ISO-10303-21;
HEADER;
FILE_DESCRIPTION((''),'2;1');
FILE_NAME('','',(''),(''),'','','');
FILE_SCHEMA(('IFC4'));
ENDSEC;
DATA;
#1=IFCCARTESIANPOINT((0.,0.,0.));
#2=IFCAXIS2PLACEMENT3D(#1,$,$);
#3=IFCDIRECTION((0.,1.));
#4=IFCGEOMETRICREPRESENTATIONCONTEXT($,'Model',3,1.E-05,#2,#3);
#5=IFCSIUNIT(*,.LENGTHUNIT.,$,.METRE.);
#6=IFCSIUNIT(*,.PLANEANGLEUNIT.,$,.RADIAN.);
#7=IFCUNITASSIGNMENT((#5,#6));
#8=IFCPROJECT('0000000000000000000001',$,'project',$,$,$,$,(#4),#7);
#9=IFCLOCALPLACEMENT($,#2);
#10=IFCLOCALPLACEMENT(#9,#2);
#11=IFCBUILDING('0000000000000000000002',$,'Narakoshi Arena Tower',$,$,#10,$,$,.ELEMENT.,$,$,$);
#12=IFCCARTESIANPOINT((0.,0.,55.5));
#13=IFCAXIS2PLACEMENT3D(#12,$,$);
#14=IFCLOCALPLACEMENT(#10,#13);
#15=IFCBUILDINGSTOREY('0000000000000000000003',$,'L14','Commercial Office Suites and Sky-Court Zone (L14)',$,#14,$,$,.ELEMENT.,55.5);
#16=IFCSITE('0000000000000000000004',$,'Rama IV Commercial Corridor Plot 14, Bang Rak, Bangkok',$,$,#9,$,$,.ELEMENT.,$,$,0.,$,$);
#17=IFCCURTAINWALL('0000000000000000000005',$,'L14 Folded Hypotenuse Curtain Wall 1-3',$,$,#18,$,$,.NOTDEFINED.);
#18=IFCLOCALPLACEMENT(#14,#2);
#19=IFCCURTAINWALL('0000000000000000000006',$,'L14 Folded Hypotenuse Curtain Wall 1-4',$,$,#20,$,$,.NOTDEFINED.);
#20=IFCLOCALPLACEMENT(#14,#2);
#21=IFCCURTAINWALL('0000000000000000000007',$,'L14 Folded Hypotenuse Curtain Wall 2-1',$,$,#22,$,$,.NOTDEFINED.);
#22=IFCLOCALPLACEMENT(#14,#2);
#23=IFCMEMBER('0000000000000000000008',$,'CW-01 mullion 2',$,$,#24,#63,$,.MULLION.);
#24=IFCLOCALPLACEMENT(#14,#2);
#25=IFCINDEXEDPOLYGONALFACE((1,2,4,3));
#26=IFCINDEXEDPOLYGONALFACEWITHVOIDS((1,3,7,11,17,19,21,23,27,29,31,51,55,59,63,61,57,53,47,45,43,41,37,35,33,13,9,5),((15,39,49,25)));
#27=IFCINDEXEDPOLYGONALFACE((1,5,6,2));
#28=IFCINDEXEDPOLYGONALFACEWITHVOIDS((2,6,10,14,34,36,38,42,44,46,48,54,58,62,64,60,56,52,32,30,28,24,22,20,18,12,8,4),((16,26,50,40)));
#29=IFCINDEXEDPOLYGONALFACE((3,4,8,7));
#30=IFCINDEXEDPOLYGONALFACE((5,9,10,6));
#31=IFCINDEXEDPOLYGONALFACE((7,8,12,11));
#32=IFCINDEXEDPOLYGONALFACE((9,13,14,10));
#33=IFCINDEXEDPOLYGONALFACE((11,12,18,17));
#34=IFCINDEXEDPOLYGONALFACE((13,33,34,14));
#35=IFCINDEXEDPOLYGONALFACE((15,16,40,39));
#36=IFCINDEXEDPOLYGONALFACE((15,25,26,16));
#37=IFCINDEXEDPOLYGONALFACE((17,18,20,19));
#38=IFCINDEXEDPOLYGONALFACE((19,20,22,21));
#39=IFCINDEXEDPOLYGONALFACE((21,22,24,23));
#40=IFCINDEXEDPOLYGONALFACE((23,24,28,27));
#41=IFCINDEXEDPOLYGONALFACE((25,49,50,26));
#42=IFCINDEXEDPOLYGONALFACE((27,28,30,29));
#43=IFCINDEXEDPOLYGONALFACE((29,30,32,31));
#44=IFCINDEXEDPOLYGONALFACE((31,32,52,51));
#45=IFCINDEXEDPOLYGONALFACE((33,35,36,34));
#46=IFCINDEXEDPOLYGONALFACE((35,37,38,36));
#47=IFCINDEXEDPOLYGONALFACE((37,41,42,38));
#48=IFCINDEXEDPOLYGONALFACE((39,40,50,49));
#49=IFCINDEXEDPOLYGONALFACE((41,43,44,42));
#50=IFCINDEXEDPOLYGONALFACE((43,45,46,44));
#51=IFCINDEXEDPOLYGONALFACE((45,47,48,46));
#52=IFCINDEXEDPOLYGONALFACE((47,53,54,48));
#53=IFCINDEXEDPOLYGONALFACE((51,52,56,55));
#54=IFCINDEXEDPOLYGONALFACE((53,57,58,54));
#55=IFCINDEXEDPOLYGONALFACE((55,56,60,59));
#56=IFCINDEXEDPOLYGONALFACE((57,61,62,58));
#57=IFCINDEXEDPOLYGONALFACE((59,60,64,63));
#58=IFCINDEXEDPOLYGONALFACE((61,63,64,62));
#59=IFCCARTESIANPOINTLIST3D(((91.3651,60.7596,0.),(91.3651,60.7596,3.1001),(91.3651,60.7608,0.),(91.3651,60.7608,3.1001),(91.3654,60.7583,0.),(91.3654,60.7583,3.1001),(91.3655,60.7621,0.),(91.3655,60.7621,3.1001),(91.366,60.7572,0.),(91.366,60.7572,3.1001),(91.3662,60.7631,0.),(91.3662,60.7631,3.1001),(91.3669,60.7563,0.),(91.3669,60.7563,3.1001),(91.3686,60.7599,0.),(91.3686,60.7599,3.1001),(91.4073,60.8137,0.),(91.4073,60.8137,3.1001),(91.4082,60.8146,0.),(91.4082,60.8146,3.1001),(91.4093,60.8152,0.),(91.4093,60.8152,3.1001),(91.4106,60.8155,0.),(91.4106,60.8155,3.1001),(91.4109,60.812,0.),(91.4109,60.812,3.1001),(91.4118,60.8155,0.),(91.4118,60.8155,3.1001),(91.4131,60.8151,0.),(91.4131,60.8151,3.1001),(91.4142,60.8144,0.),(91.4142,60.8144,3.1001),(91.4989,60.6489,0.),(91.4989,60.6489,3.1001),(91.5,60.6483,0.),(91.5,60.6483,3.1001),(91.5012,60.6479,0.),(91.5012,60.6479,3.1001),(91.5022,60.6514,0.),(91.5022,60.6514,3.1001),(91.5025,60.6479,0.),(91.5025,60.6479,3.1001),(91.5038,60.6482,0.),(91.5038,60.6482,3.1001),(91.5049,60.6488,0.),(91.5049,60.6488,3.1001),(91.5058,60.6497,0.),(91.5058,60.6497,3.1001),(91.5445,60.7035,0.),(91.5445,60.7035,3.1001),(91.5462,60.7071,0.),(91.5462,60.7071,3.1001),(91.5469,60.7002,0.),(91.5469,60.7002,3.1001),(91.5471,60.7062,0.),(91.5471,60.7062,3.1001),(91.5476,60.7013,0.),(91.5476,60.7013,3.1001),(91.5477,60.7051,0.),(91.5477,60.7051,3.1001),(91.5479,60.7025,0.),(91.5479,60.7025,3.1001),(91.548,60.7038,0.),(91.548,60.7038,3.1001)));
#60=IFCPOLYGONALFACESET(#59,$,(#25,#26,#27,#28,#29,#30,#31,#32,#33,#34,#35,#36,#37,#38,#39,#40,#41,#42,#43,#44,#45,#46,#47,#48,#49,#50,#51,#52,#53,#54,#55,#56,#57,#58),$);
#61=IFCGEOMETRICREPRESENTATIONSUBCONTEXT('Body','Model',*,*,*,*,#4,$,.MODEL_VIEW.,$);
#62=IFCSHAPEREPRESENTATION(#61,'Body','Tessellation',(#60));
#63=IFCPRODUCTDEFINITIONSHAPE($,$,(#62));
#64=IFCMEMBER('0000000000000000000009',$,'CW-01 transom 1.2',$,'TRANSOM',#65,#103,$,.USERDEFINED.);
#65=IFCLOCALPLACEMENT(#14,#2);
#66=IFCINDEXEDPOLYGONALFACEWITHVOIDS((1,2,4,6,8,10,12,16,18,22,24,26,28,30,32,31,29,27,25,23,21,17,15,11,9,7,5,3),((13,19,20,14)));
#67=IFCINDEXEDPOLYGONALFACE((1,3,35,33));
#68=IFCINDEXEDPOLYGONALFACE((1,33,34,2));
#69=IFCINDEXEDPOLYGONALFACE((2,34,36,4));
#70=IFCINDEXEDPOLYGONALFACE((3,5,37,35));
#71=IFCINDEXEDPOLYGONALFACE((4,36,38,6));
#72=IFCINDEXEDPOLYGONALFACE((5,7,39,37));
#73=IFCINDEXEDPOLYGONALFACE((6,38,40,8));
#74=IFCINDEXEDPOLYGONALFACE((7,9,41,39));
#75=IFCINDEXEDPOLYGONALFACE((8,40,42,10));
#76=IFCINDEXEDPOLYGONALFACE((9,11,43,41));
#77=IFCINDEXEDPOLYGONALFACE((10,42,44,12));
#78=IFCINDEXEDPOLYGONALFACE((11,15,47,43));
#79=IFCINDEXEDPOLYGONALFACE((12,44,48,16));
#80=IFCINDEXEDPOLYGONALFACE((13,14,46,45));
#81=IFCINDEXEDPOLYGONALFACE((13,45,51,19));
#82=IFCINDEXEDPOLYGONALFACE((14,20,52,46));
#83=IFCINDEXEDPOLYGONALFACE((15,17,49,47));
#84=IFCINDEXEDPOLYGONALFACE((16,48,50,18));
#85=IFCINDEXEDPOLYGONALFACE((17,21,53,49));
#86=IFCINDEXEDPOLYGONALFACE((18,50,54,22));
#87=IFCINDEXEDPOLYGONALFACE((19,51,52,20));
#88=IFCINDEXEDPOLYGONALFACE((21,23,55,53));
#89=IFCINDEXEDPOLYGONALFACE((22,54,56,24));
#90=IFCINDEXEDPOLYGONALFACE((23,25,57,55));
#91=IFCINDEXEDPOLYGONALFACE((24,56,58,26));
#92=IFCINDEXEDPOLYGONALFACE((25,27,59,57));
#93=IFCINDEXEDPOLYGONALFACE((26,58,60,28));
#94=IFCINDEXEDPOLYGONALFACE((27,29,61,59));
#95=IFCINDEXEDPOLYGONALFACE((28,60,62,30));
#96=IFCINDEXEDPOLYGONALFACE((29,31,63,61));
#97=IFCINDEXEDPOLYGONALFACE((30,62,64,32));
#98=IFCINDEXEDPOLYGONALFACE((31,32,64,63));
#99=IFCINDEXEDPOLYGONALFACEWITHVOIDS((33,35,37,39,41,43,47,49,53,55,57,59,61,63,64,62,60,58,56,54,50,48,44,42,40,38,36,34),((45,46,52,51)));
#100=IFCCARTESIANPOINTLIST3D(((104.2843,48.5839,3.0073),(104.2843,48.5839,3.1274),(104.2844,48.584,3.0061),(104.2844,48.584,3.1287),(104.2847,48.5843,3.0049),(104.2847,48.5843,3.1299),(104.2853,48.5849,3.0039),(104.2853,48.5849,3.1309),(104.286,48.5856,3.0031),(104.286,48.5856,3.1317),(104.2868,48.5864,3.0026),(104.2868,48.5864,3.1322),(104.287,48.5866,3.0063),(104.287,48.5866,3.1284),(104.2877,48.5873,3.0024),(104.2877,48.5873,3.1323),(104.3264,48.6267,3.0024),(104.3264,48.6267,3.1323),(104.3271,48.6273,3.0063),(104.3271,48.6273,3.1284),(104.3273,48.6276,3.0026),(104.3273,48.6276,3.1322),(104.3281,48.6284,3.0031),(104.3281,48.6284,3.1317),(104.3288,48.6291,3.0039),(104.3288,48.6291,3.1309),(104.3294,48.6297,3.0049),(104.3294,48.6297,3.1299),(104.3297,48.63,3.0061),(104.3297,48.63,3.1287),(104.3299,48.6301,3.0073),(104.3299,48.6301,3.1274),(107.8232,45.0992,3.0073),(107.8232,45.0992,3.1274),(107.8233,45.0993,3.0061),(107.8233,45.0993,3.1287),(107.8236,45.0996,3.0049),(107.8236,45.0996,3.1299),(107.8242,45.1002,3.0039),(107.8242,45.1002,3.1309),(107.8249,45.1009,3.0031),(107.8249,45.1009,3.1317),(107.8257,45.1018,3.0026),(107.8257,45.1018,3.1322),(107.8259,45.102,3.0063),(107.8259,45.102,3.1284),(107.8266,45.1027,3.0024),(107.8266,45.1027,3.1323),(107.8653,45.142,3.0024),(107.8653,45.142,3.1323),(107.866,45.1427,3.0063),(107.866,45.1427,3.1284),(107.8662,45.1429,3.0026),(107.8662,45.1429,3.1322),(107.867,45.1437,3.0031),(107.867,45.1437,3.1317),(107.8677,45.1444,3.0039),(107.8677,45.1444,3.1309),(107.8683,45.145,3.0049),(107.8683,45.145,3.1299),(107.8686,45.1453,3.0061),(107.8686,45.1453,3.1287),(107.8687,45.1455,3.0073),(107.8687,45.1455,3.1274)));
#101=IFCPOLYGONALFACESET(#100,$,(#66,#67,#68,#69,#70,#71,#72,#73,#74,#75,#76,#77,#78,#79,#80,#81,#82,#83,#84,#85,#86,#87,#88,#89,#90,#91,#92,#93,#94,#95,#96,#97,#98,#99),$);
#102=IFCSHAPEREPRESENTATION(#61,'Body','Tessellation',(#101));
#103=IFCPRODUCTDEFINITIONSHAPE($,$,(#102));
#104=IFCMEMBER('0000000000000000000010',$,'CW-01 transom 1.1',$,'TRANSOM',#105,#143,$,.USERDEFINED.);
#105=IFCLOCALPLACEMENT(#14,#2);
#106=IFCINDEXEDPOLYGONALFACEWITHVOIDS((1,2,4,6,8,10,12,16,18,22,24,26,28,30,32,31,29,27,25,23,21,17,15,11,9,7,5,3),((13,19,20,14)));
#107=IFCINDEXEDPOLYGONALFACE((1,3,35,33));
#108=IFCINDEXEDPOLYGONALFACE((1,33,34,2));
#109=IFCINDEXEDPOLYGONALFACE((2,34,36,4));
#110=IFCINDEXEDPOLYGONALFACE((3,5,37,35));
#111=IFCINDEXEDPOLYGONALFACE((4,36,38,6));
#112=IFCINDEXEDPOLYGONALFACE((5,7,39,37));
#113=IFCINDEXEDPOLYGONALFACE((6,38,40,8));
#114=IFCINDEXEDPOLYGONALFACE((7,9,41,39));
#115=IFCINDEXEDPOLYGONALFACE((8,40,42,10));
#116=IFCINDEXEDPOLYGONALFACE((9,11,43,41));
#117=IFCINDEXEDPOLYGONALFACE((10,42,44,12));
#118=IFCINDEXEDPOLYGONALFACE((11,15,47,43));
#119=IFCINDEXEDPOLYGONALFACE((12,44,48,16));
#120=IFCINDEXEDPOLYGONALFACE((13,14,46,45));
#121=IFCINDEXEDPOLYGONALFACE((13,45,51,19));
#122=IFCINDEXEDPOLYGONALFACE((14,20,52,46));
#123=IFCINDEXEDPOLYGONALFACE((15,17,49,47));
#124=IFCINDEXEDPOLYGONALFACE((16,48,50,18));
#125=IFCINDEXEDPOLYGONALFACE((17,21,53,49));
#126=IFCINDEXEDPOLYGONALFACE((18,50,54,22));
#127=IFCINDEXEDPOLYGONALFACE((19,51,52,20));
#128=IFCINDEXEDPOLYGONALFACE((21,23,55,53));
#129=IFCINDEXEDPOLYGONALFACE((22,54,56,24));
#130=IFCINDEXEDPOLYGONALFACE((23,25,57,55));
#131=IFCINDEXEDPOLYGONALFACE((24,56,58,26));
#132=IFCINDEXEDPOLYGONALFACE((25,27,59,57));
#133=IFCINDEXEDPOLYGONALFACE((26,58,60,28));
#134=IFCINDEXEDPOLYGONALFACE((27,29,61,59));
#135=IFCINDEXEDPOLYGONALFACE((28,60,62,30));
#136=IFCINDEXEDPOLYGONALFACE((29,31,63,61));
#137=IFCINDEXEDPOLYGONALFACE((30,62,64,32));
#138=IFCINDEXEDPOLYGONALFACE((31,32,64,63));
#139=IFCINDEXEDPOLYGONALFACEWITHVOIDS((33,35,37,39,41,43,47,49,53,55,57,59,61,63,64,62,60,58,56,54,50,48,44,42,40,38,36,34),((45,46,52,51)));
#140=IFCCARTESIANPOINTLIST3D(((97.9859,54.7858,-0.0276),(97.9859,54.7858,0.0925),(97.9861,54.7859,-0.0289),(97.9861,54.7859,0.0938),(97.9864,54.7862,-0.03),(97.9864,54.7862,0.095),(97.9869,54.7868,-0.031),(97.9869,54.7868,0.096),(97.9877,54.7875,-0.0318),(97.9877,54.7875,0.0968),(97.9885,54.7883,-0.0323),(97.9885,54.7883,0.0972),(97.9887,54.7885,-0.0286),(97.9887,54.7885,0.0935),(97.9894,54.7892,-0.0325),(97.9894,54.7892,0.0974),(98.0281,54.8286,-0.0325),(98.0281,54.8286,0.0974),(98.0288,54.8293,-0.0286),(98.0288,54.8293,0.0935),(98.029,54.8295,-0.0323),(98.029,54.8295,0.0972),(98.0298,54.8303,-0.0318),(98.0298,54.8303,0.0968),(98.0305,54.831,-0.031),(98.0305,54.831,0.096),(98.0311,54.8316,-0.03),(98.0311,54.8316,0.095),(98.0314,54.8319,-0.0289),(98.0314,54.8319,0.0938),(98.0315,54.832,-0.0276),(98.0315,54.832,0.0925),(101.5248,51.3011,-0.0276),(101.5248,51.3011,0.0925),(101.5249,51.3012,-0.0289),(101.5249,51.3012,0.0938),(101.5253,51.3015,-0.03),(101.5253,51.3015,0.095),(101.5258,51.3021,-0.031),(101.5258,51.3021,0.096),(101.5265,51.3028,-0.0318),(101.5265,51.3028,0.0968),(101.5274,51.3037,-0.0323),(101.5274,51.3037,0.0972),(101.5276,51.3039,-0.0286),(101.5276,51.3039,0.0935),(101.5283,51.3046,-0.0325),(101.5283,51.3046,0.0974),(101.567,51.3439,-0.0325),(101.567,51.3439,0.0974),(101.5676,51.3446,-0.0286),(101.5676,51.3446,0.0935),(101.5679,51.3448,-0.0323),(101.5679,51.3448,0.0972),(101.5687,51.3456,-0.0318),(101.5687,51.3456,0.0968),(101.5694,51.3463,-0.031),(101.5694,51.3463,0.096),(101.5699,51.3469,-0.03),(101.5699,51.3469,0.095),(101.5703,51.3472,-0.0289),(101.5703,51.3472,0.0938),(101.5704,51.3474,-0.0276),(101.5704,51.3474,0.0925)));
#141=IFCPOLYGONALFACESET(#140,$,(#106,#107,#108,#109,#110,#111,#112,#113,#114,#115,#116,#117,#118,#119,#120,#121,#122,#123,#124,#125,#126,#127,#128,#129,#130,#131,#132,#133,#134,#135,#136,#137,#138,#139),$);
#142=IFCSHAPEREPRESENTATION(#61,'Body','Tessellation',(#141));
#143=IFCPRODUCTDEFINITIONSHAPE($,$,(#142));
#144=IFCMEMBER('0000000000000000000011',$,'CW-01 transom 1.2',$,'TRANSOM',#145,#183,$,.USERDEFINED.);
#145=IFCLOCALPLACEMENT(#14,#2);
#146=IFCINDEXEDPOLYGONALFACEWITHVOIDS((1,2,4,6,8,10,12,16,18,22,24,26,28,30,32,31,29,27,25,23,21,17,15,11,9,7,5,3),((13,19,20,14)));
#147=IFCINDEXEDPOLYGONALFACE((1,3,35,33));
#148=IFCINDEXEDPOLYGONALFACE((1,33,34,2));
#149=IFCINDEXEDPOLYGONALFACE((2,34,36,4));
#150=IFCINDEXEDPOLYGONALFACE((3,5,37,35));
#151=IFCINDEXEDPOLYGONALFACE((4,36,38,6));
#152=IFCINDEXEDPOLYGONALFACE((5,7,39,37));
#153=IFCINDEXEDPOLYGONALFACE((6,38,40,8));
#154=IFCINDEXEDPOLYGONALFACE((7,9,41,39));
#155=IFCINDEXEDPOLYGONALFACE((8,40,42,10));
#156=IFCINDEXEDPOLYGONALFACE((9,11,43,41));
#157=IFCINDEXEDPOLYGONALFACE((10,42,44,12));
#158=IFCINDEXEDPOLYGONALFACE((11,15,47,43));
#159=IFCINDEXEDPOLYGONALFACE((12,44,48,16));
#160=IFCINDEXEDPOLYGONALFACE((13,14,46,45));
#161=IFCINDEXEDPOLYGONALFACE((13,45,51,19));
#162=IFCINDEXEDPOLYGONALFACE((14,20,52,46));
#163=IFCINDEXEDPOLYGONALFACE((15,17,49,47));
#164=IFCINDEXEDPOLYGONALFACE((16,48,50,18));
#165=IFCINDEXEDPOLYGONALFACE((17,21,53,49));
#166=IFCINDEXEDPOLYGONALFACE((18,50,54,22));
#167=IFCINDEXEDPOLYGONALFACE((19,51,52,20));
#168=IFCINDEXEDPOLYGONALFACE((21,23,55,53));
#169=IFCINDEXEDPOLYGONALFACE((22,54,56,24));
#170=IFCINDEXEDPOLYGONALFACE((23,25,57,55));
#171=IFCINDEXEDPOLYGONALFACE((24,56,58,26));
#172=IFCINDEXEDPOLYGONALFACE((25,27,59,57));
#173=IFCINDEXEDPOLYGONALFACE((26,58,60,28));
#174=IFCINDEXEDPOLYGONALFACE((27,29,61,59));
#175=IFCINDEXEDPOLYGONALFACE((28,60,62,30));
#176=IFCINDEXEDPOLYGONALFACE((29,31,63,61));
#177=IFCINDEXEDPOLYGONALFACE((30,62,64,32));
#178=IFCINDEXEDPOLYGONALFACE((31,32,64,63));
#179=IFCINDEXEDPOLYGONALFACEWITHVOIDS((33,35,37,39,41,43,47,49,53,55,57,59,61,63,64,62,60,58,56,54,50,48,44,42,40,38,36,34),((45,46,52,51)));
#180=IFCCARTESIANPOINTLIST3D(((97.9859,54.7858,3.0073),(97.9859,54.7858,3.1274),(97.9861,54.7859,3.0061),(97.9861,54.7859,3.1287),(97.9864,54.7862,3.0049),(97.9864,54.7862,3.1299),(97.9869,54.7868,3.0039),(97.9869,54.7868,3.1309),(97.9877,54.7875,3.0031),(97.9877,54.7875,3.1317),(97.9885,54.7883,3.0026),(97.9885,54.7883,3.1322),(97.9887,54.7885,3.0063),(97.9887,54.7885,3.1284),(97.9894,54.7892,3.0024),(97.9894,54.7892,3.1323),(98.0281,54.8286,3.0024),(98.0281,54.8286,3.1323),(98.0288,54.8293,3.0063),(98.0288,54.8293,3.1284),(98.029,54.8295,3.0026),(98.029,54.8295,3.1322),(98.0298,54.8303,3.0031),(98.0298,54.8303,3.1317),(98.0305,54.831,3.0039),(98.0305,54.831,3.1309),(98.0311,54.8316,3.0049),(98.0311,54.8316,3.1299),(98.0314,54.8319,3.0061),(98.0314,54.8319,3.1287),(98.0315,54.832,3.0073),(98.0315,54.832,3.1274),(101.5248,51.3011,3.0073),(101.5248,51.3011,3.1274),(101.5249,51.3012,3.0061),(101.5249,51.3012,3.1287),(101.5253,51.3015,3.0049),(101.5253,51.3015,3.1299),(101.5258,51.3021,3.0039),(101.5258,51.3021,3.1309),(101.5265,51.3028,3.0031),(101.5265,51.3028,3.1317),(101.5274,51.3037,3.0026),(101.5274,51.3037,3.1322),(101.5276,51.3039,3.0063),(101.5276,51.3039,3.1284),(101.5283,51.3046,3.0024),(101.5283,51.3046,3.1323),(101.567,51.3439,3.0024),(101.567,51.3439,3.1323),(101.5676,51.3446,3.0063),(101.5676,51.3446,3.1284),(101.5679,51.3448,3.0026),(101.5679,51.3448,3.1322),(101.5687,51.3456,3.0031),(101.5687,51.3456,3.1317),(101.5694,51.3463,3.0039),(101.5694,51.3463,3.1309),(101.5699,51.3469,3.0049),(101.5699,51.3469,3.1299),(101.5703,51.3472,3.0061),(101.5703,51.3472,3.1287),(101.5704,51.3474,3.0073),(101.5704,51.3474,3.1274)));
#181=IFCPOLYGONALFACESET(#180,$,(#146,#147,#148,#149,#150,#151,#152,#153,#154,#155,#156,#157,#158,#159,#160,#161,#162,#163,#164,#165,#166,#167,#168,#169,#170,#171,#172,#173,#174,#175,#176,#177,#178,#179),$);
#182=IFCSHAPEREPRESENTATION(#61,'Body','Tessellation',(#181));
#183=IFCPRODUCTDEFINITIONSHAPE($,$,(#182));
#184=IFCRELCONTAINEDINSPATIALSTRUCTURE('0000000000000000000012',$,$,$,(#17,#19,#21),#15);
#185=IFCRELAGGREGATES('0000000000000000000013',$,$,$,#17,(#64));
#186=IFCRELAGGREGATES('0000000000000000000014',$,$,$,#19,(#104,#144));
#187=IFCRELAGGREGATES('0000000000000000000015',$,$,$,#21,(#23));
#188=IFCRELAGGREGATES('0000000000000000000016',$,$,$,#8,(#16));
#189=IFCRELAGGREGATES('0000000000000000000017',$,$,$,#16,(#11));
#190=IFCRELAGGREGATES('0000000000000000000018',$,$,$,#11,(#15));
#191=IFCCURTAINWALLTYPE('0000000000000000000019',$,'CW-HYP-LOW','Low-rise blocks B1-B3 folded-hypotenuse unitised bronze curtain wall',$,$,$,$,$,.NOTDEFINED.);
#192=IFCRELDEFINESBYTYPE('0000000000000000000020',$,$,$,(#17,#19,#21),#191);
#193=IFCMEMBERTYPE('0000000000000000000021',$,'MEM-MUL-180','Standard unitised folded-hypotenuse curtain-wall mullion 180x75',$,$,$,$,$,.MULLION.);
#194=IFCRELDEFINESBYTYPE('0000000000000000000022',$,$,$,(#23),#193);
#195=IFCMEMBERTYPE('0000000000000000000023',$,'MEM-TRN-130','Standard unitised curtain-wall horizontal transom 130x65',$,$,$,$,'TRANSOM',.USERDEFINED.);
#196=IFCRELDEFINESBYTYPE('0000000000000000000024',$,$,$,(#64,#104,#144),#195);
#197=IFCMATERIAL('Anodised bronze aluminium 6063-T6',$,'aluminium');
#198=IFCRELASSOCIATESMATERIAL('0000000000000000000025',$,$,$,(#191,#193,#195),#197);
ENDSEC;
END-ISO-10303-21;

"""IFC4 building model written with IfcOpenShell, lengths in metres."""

from ifc_helpers import new_model, si_unit, direction, frame, origin, origin_2d, place, context, subcontext, project, spatial, hollow_rectangle, extrude, material, material_profile, profile_set, type_object, element, aggregate, save


model = new_model("IFC4")

# Units and contexts
model_context = context("Model", 3, precision=1e-05, world=origin(), true_north=direction((0.0, 1.0)))
body_context = subcontext(model_context, "Body", "Model", "MODEL_VIEW")
ifc_project = project(units=[si_unit("LENGTHUNIT", "METRE"), si_unit("PLANEANGLEUNIT", "RADIAN")], contexts=[model_context])

# Site, building, storey
site_placement = place(None, origin())
site = spatial("IfcSite", under=ifc_project, at=site_placement, Name="Rama IV Commercial Corridor Plot 14, Bang Rak, Bangkok", CompositionType="ELEMENT", RefElevation=0.0)
building_placement = place(site_placement, origin())
building = spatial("IfcBuilding", under=site, at=building_placement, Name="Narakoshi Arena Tower", CompositionType="ELEMENT")
storey_placement = place(building_placement, frame((0.0, 0.0, 55.5)))
storey = spatial("IfcBuildingStorey", under=building, at=storey_placement, Name="L14", Description="Commercial Office Suites and Sky-Court Zone (L14)", CompositionType="ELEMENT", Elevation=55.5)

# Curtain wall
ifc_material_1 = material(Name="Anodised bronze aluminium 6063-T6", Category="aluminium")
curtain_wall_type = type_object("IfcCurtainWallType", Name="CW-HYP-LOW", Description="Low-rise blocks B1-B3 folded-hypotenuse unitised bronze curtain wall", PredefinedType="NOTDEFINED", material=ifc_material_1)
curtain_wall_1_placement = place(storey_placement, origin())
curtain_wall_1 = element("IfcCurtainWall", 1, at=curtain_wall_1_placement, inside=storey, type_object=curtain_wall_type, Name="L14 Folded Hypotenuse Curtain Wall 1-3", PredefinedType="NOTDEFINED")
ifc_material_profile_1 = material_profile(ifc_material_1, hollow_rectangle(XDim=0.075, YDim=0.1799, WallThickness=0.0039, OuterFilletRadius=0.0049, at=origin_2d()), Name="MUL180x75x4")
ifc_profile_set_1 = profile_set([ifc_material_profile_1], Name="Anodised bronze aluminium 6063-T6")
member_type_1 = type_object("IfcMemberType", Name="MEM-MUL-180", Description="Standard unitised folded-hypotenuse curtain-wall mullion 180x75", PredefinedType="MULLION", material=ifc_profile_set_1)

# Curtain walls, member
curtain_wall_2_placement = place(storey_placement, origin())
curtain_wall_2 = element("IfcCurtainWall", 2, at=curtain_wall_2_placement, inside=storey, type_object=curtain_wall_type, Name="L14 Folded Hypotenuse Curtain Wall 1-4", PredefinedType="NOTDEFINED")
curtain_wall_3_placement = place(storey_placement, origin())
curtain_wall_3 = element("IfcCurtainWall", 3, at=curtain_wall_3_placement, inside=storey, type_object=curtain_wall_type, Name="L14 Folded Hypotenuse Curtain Wall 2-1", PredefinedType="NOTDEFINED")
member_1_placement = place(storey_placement, frame((91.4565, 60.7317, 0.0), z_axis=(0.0, 0.0, 1.0), x_axis=(-0.630723, -0.776008, 0.0)))
member_1 = element("IfcMember", 4, at=member_1_placement, type_object=member_type_1, Name="CW-01 mullion 2", PredefinedType="MULLION", context=body_context, shape_type="SweptSolid", body=[
    extrude(hollow_rectangle(XDim=0.075, YDim=0.1799, WallThickness=0.0039, OuterFilletRadius=0.0049, at=origin_2d()), origin(), (0.0, 0.0, 1.0), 3.1001),
])

# Members
ifc_material_profile_2 = material_profile(ifc_material_1, hollow_rectangle(XDim=0.0649, YDim=0.1299, WallThickness=0.0039, OuterFilletRadius=0.0049, at=origin_2d()), Name="TRN130x65x4")
ifc_profile_set_2 = profile_set([ifc_material_profile_2], Name="Anodised bronze aluminium 6063-T6")
member_type_2 = type_object("IfcMemberType", Name="MEM-TRN-130", Description="Standard unitised curtain-wall horizontal transom 130x65", ElementType="TRANSOM", PredefinedType="USERDEFINED", material=ifc_profile_set_2)
member_2_placement = place(storey_placement, frame((107.8459, 45.1223, 3.0674), z_axis=(-0.712542, 0.701629, 0.0), x_axis=(-0.701629, -0.712542, 0.0)))
member_2 = element("IfcMember", 5, at=member_2_placement, type_object=member_type_2, Name="CW-01 transom 1.2", ObjectType="TRANSOM", PredefinedType="USERDEFINED", context=body_context, shape_type="SweptSolid", body=[
    extrude(hollow_rectangle(XDim=0.0649, YDim=0.1299, WallThickness=0.0039, OuterFilletRadius=0.0049, at=origin_2d()), origin(), (0.0, 0.0, 1.0), 4.9666),
])
member_3_placement = place(storey_placement, frame((101.5476, 51.3242, 0.0325), z_axis=(-0.712542, 0.701629, 0.0), x_axis=(-0.701629, -0.712542, 0.0)))
member_3 = element("IfcMember", 6, at=member_3_placement, type_object=member_type_2, Name="CW-01 transom 1.1", ObjectType="TRANSOM", PredefinedType="USERDEFINED", context=body_context, shape_type="SweptSolid", body=[
    extrude(hollow_rectangle(XDim=0.0649, YDim=0.1299, WallThickness=0.0039, OuterFilletRadius=0.0049, at=origin_2d()), origin(), (0.0, 0.0, 1.0), 4.9666),
])
member_4_placement = place(storey_placement, frame((101.5476, 51.3242, 3.0674), z_axis=(-0.712542, 0.701629, 0.0), x_axis=(-0.701629, -0.712542, 0.0)))
member_4 = element("IfcMember", 7, at=member_4_placement, type_object=member_type_2, Name="CW-01 transom 1.2", ObjectType="TRANSOM", PredefinedType="USERDEFINED", context=body_context, shape_type="SweptSolid", body=[
    extrude(hollow_rectangle(XDim=0.0649, YDim=0.1299, WallThickness=0.0039, OuterFilletRadius=0.0049, at=origin_2d()), origin(), (0.0, 0.0, 1.0), 4.9666),
])

aggregate(curtain_wall_1, [member_2])
aggregate(curtain_wall_2, [member_3, member_4])
aggregate(curtain_wall_3, [member_1])

save(model, "model.ifc")
